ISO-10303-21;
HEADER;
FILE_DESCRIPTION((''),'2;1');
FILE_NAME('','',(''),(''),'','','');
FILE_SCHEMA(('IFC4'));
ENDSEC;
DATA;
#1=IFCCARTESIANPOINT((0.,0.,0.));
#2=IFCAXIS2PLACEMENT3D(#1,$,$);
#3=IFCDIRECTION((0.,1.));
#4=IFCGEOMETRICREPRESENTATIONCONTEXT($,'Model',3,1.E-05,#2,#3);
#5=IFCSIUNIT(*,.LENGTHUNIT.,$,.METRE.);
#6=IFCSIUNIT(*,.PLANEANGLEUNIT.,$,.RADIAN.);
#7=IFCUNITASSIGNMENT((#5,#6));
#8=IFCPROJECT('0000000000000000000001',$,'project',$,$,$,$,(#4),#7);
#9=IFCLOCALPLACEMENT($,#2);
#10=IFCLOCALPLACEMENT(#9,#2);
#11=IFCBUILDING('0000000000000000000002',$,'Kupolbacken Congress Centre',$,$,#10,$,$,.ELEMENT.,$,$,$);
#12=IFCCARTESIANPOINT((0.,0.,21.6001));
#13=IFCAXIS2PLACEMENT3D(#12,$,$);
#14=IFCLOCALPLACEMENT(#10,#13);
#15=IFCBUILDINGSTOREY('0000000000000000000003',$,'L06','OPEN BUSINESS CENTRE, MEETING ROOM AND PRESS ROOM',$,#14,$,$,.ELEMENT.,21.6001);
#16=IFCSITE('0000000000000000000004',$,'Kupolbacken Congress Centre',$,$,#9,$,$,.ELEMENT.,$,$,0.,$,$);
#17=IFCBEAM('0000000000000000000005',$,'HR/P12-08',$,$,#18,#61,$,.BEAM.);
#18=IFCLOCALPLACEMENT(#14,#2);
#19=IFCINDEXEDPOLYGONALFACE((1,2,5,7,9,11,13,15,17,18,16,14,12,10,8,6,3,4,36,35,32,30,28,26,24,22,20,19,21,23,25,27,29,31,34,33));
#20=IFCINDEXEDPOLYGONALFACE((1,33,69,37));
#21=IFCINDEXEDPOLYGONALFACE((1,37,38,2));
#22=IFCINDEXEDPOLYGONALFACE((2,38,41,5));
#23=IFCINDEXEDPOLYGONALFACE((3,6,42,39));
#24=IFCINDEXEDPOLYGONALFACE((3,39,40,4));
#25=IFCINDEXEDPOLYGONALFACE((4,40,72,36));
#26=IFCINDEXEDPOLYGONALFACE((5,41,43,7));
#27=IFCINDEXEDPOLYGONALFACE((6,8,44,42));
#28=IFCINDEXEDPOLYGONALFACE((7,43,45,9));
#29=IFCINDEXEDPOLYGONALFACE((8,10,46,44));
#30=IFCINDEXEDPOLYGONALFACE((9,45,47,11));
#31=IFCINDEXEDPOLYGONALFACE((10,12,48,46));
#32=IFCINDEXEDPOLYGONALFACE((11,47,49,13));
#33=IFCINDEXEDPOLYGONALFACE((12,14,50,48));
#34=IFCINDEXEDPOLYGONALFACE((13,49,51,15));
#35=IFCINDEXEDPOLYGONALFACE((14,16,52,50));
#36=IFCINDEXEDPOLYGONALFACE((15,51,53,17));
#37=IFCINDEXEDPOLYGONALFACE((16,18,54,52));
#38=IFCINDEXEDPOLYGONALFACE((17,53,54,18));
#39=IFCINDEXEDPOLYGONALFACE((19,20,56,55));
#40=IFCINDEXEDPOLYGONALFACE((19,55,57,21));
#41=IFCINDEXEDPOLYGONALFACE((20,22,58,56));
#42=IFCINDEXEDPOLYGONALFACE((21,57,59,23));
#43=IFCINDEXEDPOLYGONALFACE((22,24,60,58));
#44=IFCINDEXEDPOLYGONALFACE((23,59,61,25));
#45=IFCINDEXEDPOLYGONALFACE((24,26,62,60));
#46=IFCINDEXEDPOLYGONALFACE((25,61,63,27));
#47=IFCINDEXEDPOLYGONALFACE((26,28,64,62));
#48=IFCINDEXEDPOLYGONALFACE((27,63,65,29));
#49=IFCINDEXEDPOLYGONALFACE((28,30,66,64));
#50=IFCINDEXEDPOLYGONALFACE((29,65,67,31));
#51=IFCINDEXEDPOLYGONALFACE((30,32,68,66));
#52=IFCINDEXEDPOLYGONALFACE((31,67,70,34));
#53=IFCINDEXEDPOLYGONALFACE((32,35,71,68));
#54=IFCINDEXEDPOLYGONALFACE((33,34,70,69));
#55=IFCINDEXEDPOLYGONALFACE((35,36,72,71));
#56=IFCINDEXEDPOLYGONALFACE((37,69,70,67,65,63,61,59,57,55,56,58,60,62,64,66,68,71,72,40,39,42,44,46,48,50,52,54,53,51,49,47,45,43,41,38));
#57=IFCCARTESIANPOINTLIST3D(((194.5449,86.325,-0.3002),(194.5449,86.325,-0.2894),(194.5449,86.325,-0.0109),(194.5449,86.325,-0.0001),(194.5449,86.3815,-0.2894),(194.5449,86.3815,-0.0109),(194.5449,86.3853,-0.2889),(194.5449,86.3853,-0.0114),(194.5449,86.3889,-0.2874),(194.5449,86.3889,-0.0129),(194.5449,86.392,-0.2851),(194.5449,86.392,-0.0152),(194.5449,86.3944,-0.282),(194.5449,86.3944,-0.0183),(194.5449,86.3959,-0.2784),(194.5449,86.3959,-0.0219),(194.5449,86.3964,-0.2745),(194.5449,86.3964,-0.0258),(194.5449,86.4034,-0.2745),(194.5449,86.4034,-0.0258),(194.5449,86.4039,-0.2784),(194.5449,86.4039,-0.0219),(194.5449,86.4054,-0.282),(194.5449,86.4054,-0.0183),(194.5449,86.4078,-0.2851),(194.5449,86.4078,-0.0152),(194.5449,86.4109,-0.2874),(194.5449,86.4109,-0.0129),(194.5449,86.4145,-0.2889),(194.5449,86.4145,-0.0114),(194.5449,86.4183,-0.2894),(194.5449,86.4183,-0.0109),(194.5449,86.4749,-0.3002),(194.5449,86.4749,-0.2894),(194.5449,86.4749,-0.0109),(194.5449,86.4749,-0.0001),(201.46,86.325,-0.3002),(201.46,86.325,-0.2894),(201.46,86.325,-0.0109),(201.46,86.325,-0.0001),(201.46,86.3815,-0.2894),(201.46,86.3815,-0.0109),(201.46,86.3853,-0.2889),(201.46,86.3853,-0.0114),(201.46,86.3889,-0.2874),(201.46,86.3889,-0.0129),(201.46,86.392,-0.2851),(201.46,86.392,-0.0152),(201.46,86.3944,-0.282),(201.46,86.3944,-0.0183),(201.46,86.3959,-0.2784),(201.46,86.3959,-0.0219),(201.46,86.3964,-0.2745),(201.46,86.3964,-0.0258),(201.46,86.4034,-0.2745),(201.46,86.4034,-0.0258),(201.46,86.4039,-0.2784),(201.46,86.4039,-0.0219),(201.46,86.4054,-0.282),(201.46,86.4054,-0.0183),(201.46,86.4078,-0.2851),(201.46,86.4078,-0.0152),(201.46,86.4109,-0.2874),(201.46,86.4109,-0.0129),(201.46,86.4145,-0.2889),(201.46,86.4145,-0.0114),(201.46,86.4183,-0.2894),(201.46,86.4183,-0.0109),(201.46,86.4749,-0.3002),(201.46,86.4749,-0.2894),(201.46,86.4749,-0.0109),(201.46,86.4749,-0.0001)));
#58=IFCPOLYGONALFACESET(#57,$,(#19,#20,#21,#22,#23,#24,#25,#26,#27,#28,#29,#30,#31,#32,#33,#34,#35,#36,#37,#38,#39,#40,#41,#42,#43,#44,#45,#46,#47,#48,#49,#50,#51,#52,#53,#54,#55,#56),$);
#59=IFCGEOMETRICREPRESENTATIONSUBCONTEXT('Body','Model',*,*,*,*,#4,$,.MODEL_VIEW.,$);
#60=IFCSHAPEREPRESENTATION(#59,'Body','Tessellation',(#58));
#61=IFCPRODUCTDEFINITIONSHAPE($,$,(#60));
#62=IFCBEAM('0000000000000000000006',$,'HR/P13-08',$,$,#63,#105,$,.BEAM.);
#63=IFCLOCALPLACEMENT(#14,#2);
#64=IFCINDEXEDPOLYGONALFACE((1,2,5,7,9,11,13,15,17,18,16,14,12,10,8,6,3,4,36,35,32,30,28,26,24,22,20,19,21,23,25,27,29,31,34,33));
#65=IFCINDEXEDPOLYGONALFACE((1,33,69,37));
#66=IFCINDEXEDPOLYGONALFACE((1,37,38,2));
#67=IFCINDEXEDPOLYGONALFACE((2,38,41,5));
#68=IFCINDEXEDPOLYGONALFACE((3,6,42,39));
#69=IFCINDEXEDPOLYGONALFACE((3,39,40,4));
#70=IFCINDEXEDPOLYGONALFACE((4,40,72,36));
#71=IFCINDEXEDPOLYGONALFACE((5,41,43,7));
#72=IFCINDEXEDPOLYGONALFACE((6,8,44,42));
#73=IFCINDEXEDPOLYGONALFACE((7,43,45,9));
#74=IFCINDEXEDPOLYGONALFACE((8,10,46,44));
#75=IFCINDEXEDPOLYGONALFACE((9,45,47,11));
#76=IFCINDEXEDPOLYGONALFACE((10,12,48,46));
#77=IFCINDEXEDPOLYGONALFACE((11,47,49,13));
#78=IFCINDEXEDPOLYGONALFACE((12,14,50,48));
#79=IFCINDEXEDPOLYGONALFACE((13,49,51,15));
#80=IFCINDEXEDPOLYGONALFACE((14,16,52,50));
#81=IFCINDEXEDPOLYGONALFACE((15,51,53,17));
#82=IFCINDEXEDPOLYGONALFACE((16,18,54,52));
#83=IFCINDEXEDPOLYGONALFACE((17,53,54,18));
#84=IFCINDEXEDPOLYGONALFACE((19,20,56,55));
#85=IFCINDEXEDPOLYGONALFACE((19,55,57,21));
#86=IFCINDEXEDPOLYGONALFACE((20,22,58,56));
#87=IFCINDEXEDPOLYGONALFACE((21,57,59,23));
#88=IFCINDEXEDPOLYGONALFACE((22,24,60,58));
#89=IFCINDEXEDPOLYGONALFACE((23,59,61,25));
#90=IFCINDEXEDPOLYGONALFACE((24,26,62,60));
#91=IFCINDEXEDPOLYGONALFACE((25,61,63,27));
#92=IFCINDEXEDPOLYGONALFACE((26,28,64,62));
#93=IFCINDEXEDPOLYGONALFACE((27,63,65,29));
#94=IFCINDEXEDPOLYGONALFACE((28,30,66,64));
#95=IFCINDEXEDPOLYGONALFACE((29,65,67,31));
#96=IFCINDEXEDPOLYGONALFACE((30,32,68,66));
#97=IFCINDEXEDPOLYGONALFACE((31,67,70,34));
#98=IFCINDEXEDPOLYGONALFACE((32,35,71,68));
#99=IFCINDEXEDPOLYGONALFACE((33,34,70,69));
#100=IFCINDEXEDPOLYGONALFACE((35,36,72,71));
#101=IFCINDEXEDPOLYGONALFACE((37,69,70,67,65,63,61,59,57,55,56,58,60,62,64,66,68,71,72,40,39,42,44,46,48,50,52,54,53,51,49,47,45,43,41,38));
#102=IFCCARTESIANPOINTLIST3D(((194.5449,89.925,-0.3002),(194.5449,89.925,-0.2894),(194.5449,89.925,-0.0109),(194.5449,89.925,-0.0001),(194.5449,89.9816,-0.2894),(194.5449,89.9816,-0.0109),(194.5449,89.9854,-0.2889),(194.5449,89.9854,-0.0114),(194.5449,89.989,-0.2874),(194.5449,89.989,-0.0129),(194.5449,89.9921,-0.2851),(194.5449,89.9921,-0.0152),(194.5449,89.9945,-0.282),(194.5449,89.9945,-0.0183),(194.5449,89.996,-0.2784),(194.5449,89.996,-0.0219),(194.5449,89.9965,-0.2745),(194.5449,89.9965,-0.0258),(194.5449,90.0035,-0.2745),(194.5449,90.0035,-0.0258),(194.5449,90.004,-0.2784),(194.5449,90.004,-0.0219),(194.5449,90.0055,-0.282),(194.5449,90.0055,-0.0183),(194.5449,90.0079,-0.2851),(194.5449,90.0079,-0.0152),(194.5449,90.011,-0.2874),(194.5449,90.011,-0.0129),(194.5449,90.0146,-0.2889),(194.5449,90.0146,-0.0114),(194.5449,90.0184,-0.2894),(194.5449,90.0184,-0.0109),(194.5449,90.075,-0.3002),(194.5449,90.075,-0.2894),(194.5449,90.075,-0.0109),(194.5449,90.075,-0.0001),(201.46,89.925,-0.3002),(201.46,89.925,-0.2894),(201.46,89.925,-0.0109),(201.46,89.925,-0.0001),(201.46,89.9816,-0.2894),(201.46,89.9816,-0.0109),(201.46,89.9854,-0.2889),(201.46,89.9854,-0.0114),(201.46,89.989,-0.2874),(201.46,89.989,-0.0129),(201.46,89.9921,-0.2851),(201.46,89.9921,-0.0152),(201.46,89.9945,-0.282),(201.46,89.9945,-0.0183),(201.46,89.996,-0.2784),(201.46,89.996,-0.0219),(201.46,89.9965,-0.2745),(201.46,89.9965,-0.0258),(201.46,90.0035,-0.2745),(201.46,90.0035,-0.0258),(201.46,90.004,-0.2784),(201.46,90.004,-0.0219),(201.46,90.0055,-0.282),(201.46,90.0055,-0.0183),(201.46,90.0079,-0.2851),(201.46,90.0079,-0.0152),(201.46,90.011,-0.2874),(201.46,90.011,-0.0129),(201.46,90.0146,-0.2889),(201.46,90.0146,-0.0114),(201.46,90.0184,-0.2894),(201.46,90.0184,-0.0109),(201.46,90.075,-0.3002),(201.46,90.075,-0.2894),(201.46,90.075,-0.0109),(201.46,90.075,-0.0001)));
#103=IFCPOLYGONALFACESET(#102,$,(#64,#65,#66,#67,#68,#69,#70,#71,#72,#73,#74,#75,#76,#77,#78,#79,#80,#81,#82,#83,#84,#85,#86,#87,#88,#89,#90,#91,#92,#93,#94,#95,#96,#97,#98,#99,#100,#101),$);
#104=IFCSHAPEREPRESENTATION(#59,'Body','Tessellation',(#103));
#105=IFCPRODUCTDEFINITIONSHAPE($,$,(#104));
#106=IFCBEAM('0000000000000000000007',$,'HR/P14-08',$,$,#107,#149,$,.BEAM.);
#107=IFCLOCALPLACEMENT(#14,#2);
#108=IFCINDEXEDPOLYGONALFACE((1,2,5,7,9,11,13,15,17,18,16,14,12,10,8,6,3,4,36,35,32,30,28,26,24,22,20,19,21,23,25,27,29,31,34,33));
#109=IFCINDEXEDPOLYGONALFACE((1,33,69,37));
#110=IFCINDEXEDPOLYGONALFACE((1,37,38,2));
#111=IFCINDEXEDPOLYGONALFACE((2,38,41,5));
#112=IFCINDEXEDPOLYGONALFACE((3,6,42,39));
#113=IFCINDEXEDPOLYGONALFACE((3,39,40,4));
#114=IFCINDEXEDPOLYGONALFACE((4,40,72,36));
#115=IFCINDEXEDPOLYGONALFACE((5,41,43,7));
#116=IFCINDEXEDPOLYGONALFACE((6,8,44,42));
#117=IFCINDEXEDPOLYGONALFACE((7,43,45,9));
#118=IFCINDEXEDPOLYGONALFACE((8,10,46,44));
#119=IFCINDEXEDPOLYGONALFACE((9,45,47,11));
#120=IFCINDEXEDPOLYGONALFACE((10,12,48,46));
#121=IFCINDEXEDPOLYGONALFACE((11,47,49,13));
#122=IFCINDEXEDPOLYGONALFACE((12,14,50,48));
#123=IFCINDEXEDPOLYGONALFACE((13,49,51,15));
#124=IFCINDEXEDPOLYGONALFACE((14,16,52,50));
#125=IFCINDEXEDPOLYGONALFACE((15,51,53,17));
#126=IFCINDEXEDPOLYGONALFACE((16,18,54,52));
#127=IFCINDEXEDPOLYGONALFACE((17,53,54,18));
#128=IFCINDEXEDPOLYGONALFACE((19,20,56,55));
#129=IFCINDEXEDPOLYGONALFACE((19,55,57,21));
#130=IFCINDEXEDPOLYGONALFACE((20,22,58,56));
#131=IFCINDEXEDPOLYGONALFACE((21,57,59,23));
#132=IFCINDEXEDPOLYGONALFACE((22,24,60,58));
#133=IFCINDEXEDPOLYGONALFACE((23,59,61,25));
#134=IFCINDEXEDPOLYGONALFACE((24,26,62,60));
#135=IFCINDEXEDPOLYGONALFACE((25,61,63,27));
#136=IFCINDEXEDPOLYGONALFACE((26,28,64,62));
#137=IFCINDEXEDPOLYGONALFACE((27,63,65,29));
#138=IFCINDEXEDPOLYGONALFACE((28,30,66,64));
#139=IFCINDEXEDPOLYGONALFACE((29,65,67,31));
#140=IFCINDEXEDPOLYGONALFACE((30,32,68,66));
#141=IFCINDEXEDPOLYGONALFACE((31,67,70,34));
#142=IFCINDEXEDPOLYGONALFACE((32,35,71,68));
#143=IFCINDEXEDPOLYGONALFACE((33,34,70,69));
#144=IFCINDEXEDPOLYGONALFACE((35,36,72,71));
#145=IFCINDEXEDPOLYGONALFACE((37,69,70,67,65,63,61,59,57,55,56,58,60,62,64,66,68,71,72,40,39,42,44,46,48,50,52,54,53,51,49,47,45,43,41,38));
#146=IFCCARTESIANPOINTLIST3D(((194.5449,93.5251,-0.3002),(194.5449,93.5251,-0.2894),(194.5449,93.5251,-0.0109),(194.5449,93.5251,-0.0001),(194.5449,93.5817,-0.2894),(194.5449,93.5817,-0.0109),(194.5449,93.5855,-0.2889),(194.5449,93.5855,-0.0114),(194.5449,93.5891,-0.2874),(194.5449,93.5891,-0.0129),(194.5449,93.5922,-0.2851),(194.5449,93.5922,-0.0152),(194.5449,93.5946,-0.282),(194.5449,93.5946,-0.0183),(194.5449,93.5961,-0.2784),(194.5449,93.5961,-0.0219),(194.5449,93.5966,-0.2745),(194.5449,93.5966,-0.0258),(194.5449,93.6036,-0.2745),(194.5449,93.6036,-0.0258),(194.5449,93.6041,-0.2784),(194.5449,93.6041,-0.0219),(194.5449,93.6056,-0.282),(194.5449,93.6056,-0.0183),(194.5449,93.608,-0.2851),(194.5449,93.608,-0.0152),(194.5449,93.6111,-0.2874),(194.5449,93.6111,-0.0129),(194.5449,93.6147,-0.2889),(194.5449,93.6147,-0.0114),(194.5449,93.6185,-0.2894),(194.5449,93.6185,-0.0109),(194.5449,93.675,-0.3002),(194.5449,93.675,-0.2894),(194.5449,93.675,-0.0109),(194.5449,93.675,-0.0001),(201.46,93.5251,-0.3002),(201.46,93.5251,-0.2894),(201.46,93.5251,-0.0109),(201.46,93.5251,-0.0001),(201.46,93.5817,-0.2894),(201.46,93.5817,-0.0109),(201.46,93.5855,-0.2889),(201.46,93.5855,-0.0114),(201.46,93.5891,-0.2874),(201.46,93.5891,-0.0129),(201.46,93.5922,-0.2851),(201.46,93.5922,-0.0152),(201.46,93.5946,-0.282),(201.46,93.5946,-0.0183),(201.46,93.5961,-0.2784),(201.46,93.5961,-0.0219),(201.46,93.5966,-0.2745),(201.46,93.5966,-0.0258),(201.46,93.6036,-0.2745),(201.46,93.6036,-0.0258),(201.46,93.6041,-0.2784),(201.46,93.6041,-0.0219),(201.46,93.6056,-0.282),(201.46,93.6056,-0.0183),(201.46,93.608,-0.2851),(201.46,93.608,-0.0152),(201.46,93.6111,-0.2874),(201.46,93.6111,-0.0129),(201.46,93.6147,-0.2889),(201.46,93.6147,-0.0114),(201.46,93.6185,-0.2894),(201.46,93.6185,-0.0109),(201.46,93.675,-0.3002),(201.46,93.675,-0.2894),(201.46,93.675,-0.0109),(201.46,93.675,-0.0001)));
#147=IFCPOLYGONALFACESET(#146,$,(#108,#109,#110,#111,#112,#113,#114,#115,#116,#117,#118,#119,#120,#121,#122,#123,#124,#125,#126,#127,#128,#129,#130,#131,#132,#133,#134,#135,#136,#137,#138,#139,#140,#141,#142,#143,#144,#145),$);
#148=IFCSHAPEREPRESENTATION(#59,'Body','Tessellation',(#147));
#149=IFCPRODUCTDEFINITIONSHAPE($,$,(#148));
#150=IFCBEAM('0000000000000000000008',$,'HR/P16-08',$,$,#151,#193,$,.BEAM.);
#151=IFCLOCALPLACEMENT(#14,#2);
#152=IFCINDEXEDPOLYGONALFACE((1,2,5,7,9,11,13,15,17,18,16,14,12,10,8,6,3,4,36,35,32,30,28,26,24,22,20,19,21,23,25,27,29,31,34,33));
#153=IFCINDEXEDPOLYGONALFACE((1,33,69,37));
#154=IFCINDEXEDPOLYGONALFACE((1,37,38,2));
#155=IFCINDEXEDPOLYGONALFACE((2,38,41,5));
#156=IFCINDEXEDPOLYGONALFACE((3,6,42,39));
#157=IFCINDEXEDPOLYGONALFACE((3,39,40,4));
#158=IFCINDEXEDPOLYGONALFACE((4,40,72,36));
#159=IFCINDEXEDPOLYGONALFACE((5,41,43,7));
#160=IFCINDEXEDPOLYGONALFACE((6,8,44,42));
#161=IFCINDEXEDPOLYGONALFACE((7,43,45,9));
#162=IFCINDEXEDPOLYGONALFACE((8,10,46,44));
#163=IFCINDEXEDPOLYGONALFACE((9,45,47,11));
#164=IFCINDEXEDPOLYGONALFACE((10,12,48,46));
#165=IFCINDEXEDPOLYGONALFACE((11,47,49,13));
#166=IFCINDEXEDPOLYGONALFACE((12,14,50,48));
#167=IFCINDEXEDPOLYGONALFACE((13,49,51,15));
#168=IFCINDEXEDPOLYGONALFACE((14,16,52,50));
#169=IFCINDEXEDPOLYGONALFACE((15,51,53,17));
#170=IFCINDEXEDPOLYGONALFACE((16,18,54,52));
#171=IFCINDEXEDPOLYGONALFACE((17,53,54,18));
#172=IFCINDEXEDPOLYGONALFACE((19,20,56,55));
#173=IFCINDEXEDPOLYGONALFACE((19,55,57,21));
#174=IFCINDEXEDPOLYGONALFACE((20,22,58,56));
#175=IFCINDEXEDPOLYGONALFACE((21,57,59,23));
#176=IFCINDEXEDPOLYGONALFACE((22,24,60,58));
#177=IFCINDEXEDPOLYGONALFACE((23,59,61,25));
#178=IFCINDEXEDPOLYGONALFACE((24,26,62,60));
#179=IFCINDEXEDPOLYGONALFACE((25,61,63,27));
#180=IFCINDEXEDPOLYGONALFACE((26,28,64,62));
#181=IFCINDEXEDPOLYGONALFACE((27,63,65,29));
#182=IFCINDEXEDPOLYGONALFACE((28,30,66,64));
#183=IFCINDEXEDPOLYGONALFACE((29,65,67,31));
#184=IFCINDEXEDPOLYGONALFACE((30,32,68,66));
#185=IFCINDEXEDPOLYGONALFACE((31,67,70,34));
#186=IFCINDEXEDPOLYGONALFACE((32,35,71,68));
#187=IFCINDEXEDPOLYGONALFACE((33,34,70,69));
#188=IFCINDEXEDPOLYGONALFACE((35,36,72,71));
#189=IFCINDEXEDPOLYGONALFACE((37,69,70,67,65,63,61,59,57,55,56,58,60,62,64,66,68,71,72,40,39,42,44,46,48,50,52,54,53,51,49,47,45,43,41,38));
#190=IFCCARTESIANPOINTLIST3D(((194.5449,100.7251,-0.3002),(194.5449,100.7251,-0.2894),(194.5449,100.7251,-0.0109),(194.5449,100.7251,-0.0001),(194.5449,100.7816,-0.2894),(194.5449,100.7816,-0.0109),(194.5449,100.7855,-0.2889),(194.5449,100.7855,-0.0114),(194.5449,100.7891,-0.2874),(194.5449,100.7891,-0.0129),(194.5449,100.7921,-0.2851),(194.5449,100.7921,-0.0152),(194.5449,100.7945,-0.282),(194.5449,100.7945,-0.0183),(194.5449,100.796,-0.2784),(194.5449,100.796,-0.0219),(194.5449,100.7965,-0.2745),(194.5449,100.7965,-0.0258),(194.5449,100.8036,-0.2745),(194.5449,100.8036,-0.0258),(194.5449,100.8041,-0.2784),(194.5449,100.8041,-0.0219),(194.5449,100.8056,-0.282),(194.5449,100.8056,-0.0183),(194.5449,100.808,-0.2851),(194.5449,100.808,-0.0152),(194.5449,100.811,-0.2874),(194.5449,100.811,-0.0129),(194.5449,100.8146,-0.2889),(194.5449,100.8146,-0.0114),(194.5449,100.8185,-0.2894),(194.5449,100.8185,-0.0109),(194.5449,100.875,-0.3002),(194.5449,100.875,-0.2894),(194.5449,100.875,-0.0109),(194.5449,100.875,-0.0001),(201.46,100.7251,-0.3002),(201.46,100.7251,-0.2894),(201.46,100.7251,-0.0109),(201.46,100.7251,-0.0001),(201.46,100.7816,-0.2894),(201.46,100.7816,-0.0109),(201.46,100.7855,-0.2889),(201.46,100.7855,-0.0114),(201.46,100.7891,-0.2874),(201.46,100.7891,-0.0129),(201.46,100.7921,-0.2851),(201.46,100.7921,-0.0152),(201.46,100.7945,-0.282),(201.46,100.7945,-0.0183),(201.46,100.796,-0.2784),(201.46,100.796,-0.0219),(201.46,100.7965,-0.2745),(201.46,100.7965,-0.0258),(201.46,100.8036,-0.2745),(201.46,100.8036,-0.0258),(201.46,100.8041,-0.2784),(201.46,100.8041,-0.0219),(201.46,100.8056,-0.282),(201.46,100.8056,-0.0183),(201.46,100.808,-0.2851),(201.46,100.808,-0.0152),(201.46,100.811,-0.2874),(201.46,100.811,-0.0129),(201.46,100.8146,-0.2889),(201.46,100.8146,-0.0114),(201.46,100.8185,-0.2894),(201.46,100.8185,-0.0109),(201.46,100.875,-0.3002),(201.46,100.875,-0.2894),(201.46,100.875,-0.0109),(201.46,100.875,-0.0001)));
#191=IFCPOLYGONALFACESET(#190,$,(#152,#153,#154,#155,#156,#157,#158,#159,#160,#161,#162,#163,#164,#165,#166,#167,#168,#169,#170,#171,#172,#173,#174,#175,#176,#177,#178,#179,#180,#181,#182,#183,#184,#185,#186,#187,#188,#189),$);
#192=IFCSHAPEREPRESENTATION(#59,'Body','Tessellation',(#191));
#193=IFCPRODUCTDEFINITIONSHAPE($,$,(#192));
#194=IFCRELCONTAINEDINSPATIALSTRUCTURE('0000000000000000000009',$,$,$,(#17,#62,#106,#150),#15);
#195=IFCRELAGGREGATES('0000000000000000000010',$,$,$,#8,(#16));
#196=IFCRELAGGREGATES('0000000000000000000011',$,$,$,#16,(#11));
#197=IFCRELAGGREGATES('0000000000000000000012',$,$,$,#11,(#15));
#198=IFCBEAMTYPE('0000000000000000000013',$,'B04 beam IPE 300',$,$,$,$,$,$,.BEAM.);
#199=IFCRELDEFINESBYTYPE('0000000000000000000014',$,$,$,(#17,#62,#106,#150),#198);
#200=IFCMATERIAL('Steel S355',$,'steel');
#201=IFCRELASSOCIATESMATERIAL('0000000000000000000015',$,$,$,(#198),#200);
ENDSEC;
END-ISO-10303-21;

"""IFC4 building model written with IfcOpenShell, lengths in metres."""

from ifc_helpers import new_model, si_unit, direction, frame, origin, origin_2d, place, context, subcontext, project, spatial, i_section, extrude, material, material_profile, profile_set, type_object, element, save


model = new_model("IFC4")

# Units and contexts
model_context = context("Model", 3, precision=1e-05, world=origin(), true_north=direction((0.0, 1.0)))
body_context = subcontext(model_context, "Body", "Model", "MODEL_VIEW")
ifc_project = project(units=[si_unit("LENGTHUNIT", "METRE"), si_unit("PLANEANGLEUNIT", "RADIAN")], contexts=[model_context])

# Site, building, storey
site_placement = place(None, origin())
site = spatial("IfcSite", under=ifc_project, at=site_placement, Name="Kupolbacken Congress Centre", CompositionType="ELEMENT", RefElevation=0.0)
building_placement = place(site_placement, origin())
building = spatial("IfcBuilding", under=site, at=building_placement, Name="Kupolbacken Congress Centre", CompositionType="ELEMENT")
storey_placement = place(building_placement, frame((0.0, 0.0, 21.6001)))
storey = spatial("IfcBuildingStorey", under=building, at=storey_placement, Name="L06", Description="OPEN BUSINESS CENTRE, MEETING ROOM AND PRESS ROOM", CompositionType="ELEMENT", Elevation=21.6001)

# Beams
ifc_material_1 = material(Name="Steel S355", Category="steel")
ifc_material_profile_1 = material_profile(ifc_material_1, i_section(OverallWidth=0.1499, OverallDepth=0.3, WebThickness=0.0071, FlangeThickness=0.0107, FilletRadius=0.0149, at=origin_2d()), Name="IPE 300")
ifc_profile_set_1 = profile_set([ifc_material_profile_1], Name="Steel S355")
beam_type_1 = type_object("IfcBeamType", Name="B04 beam IPE 300", PredefinedType="BEAM", material=ifc_profile_set_1)
for number, where, z_axis, x_axis, name in (
    (1, (194.5449, 86.3999, -0.1501), (1.0, 0.0, 0.0), (0.0, 1.0, 0.0), "HR/P12-08"),
    (2, (194.5449, 90.0, -0.1501), (1.0, 0.0, 0.0), (0.0, 1.0, 0.0), "HR/P13-08"),
    (3, (194.5449, 93.6001, -0.1501), (1.0, 0.0, 0.0), (0.0, 1.0, 0.0), "HR/P14-08"),
    (4, (194.5449, 100.8, -0.1501), (1.0, 0.0, 0.0), (0.0, 1.0, 0.0), "HR/P16-08"),
):
    element("IfcBeam", number, at=place(storey_placement, frame(where, z_axis=z_axis, x_axis=x_axis)), inside=storey, type_object=beam_type_1, Name=name, PredefinedType="BEAM", context=body_context, shape_type="SweptSolid", body=[
        extrude(i_section(OverallWidth=0.1499, OverallDepth=0.3, WebThickness=0.0071, FlangeThickness=0.0107, FilletRadius=0.0149, at=origin_2d()), origin(), (0.0, 0.0, 1.0), 6.915),
    ])

save(model, "model.ifc")
